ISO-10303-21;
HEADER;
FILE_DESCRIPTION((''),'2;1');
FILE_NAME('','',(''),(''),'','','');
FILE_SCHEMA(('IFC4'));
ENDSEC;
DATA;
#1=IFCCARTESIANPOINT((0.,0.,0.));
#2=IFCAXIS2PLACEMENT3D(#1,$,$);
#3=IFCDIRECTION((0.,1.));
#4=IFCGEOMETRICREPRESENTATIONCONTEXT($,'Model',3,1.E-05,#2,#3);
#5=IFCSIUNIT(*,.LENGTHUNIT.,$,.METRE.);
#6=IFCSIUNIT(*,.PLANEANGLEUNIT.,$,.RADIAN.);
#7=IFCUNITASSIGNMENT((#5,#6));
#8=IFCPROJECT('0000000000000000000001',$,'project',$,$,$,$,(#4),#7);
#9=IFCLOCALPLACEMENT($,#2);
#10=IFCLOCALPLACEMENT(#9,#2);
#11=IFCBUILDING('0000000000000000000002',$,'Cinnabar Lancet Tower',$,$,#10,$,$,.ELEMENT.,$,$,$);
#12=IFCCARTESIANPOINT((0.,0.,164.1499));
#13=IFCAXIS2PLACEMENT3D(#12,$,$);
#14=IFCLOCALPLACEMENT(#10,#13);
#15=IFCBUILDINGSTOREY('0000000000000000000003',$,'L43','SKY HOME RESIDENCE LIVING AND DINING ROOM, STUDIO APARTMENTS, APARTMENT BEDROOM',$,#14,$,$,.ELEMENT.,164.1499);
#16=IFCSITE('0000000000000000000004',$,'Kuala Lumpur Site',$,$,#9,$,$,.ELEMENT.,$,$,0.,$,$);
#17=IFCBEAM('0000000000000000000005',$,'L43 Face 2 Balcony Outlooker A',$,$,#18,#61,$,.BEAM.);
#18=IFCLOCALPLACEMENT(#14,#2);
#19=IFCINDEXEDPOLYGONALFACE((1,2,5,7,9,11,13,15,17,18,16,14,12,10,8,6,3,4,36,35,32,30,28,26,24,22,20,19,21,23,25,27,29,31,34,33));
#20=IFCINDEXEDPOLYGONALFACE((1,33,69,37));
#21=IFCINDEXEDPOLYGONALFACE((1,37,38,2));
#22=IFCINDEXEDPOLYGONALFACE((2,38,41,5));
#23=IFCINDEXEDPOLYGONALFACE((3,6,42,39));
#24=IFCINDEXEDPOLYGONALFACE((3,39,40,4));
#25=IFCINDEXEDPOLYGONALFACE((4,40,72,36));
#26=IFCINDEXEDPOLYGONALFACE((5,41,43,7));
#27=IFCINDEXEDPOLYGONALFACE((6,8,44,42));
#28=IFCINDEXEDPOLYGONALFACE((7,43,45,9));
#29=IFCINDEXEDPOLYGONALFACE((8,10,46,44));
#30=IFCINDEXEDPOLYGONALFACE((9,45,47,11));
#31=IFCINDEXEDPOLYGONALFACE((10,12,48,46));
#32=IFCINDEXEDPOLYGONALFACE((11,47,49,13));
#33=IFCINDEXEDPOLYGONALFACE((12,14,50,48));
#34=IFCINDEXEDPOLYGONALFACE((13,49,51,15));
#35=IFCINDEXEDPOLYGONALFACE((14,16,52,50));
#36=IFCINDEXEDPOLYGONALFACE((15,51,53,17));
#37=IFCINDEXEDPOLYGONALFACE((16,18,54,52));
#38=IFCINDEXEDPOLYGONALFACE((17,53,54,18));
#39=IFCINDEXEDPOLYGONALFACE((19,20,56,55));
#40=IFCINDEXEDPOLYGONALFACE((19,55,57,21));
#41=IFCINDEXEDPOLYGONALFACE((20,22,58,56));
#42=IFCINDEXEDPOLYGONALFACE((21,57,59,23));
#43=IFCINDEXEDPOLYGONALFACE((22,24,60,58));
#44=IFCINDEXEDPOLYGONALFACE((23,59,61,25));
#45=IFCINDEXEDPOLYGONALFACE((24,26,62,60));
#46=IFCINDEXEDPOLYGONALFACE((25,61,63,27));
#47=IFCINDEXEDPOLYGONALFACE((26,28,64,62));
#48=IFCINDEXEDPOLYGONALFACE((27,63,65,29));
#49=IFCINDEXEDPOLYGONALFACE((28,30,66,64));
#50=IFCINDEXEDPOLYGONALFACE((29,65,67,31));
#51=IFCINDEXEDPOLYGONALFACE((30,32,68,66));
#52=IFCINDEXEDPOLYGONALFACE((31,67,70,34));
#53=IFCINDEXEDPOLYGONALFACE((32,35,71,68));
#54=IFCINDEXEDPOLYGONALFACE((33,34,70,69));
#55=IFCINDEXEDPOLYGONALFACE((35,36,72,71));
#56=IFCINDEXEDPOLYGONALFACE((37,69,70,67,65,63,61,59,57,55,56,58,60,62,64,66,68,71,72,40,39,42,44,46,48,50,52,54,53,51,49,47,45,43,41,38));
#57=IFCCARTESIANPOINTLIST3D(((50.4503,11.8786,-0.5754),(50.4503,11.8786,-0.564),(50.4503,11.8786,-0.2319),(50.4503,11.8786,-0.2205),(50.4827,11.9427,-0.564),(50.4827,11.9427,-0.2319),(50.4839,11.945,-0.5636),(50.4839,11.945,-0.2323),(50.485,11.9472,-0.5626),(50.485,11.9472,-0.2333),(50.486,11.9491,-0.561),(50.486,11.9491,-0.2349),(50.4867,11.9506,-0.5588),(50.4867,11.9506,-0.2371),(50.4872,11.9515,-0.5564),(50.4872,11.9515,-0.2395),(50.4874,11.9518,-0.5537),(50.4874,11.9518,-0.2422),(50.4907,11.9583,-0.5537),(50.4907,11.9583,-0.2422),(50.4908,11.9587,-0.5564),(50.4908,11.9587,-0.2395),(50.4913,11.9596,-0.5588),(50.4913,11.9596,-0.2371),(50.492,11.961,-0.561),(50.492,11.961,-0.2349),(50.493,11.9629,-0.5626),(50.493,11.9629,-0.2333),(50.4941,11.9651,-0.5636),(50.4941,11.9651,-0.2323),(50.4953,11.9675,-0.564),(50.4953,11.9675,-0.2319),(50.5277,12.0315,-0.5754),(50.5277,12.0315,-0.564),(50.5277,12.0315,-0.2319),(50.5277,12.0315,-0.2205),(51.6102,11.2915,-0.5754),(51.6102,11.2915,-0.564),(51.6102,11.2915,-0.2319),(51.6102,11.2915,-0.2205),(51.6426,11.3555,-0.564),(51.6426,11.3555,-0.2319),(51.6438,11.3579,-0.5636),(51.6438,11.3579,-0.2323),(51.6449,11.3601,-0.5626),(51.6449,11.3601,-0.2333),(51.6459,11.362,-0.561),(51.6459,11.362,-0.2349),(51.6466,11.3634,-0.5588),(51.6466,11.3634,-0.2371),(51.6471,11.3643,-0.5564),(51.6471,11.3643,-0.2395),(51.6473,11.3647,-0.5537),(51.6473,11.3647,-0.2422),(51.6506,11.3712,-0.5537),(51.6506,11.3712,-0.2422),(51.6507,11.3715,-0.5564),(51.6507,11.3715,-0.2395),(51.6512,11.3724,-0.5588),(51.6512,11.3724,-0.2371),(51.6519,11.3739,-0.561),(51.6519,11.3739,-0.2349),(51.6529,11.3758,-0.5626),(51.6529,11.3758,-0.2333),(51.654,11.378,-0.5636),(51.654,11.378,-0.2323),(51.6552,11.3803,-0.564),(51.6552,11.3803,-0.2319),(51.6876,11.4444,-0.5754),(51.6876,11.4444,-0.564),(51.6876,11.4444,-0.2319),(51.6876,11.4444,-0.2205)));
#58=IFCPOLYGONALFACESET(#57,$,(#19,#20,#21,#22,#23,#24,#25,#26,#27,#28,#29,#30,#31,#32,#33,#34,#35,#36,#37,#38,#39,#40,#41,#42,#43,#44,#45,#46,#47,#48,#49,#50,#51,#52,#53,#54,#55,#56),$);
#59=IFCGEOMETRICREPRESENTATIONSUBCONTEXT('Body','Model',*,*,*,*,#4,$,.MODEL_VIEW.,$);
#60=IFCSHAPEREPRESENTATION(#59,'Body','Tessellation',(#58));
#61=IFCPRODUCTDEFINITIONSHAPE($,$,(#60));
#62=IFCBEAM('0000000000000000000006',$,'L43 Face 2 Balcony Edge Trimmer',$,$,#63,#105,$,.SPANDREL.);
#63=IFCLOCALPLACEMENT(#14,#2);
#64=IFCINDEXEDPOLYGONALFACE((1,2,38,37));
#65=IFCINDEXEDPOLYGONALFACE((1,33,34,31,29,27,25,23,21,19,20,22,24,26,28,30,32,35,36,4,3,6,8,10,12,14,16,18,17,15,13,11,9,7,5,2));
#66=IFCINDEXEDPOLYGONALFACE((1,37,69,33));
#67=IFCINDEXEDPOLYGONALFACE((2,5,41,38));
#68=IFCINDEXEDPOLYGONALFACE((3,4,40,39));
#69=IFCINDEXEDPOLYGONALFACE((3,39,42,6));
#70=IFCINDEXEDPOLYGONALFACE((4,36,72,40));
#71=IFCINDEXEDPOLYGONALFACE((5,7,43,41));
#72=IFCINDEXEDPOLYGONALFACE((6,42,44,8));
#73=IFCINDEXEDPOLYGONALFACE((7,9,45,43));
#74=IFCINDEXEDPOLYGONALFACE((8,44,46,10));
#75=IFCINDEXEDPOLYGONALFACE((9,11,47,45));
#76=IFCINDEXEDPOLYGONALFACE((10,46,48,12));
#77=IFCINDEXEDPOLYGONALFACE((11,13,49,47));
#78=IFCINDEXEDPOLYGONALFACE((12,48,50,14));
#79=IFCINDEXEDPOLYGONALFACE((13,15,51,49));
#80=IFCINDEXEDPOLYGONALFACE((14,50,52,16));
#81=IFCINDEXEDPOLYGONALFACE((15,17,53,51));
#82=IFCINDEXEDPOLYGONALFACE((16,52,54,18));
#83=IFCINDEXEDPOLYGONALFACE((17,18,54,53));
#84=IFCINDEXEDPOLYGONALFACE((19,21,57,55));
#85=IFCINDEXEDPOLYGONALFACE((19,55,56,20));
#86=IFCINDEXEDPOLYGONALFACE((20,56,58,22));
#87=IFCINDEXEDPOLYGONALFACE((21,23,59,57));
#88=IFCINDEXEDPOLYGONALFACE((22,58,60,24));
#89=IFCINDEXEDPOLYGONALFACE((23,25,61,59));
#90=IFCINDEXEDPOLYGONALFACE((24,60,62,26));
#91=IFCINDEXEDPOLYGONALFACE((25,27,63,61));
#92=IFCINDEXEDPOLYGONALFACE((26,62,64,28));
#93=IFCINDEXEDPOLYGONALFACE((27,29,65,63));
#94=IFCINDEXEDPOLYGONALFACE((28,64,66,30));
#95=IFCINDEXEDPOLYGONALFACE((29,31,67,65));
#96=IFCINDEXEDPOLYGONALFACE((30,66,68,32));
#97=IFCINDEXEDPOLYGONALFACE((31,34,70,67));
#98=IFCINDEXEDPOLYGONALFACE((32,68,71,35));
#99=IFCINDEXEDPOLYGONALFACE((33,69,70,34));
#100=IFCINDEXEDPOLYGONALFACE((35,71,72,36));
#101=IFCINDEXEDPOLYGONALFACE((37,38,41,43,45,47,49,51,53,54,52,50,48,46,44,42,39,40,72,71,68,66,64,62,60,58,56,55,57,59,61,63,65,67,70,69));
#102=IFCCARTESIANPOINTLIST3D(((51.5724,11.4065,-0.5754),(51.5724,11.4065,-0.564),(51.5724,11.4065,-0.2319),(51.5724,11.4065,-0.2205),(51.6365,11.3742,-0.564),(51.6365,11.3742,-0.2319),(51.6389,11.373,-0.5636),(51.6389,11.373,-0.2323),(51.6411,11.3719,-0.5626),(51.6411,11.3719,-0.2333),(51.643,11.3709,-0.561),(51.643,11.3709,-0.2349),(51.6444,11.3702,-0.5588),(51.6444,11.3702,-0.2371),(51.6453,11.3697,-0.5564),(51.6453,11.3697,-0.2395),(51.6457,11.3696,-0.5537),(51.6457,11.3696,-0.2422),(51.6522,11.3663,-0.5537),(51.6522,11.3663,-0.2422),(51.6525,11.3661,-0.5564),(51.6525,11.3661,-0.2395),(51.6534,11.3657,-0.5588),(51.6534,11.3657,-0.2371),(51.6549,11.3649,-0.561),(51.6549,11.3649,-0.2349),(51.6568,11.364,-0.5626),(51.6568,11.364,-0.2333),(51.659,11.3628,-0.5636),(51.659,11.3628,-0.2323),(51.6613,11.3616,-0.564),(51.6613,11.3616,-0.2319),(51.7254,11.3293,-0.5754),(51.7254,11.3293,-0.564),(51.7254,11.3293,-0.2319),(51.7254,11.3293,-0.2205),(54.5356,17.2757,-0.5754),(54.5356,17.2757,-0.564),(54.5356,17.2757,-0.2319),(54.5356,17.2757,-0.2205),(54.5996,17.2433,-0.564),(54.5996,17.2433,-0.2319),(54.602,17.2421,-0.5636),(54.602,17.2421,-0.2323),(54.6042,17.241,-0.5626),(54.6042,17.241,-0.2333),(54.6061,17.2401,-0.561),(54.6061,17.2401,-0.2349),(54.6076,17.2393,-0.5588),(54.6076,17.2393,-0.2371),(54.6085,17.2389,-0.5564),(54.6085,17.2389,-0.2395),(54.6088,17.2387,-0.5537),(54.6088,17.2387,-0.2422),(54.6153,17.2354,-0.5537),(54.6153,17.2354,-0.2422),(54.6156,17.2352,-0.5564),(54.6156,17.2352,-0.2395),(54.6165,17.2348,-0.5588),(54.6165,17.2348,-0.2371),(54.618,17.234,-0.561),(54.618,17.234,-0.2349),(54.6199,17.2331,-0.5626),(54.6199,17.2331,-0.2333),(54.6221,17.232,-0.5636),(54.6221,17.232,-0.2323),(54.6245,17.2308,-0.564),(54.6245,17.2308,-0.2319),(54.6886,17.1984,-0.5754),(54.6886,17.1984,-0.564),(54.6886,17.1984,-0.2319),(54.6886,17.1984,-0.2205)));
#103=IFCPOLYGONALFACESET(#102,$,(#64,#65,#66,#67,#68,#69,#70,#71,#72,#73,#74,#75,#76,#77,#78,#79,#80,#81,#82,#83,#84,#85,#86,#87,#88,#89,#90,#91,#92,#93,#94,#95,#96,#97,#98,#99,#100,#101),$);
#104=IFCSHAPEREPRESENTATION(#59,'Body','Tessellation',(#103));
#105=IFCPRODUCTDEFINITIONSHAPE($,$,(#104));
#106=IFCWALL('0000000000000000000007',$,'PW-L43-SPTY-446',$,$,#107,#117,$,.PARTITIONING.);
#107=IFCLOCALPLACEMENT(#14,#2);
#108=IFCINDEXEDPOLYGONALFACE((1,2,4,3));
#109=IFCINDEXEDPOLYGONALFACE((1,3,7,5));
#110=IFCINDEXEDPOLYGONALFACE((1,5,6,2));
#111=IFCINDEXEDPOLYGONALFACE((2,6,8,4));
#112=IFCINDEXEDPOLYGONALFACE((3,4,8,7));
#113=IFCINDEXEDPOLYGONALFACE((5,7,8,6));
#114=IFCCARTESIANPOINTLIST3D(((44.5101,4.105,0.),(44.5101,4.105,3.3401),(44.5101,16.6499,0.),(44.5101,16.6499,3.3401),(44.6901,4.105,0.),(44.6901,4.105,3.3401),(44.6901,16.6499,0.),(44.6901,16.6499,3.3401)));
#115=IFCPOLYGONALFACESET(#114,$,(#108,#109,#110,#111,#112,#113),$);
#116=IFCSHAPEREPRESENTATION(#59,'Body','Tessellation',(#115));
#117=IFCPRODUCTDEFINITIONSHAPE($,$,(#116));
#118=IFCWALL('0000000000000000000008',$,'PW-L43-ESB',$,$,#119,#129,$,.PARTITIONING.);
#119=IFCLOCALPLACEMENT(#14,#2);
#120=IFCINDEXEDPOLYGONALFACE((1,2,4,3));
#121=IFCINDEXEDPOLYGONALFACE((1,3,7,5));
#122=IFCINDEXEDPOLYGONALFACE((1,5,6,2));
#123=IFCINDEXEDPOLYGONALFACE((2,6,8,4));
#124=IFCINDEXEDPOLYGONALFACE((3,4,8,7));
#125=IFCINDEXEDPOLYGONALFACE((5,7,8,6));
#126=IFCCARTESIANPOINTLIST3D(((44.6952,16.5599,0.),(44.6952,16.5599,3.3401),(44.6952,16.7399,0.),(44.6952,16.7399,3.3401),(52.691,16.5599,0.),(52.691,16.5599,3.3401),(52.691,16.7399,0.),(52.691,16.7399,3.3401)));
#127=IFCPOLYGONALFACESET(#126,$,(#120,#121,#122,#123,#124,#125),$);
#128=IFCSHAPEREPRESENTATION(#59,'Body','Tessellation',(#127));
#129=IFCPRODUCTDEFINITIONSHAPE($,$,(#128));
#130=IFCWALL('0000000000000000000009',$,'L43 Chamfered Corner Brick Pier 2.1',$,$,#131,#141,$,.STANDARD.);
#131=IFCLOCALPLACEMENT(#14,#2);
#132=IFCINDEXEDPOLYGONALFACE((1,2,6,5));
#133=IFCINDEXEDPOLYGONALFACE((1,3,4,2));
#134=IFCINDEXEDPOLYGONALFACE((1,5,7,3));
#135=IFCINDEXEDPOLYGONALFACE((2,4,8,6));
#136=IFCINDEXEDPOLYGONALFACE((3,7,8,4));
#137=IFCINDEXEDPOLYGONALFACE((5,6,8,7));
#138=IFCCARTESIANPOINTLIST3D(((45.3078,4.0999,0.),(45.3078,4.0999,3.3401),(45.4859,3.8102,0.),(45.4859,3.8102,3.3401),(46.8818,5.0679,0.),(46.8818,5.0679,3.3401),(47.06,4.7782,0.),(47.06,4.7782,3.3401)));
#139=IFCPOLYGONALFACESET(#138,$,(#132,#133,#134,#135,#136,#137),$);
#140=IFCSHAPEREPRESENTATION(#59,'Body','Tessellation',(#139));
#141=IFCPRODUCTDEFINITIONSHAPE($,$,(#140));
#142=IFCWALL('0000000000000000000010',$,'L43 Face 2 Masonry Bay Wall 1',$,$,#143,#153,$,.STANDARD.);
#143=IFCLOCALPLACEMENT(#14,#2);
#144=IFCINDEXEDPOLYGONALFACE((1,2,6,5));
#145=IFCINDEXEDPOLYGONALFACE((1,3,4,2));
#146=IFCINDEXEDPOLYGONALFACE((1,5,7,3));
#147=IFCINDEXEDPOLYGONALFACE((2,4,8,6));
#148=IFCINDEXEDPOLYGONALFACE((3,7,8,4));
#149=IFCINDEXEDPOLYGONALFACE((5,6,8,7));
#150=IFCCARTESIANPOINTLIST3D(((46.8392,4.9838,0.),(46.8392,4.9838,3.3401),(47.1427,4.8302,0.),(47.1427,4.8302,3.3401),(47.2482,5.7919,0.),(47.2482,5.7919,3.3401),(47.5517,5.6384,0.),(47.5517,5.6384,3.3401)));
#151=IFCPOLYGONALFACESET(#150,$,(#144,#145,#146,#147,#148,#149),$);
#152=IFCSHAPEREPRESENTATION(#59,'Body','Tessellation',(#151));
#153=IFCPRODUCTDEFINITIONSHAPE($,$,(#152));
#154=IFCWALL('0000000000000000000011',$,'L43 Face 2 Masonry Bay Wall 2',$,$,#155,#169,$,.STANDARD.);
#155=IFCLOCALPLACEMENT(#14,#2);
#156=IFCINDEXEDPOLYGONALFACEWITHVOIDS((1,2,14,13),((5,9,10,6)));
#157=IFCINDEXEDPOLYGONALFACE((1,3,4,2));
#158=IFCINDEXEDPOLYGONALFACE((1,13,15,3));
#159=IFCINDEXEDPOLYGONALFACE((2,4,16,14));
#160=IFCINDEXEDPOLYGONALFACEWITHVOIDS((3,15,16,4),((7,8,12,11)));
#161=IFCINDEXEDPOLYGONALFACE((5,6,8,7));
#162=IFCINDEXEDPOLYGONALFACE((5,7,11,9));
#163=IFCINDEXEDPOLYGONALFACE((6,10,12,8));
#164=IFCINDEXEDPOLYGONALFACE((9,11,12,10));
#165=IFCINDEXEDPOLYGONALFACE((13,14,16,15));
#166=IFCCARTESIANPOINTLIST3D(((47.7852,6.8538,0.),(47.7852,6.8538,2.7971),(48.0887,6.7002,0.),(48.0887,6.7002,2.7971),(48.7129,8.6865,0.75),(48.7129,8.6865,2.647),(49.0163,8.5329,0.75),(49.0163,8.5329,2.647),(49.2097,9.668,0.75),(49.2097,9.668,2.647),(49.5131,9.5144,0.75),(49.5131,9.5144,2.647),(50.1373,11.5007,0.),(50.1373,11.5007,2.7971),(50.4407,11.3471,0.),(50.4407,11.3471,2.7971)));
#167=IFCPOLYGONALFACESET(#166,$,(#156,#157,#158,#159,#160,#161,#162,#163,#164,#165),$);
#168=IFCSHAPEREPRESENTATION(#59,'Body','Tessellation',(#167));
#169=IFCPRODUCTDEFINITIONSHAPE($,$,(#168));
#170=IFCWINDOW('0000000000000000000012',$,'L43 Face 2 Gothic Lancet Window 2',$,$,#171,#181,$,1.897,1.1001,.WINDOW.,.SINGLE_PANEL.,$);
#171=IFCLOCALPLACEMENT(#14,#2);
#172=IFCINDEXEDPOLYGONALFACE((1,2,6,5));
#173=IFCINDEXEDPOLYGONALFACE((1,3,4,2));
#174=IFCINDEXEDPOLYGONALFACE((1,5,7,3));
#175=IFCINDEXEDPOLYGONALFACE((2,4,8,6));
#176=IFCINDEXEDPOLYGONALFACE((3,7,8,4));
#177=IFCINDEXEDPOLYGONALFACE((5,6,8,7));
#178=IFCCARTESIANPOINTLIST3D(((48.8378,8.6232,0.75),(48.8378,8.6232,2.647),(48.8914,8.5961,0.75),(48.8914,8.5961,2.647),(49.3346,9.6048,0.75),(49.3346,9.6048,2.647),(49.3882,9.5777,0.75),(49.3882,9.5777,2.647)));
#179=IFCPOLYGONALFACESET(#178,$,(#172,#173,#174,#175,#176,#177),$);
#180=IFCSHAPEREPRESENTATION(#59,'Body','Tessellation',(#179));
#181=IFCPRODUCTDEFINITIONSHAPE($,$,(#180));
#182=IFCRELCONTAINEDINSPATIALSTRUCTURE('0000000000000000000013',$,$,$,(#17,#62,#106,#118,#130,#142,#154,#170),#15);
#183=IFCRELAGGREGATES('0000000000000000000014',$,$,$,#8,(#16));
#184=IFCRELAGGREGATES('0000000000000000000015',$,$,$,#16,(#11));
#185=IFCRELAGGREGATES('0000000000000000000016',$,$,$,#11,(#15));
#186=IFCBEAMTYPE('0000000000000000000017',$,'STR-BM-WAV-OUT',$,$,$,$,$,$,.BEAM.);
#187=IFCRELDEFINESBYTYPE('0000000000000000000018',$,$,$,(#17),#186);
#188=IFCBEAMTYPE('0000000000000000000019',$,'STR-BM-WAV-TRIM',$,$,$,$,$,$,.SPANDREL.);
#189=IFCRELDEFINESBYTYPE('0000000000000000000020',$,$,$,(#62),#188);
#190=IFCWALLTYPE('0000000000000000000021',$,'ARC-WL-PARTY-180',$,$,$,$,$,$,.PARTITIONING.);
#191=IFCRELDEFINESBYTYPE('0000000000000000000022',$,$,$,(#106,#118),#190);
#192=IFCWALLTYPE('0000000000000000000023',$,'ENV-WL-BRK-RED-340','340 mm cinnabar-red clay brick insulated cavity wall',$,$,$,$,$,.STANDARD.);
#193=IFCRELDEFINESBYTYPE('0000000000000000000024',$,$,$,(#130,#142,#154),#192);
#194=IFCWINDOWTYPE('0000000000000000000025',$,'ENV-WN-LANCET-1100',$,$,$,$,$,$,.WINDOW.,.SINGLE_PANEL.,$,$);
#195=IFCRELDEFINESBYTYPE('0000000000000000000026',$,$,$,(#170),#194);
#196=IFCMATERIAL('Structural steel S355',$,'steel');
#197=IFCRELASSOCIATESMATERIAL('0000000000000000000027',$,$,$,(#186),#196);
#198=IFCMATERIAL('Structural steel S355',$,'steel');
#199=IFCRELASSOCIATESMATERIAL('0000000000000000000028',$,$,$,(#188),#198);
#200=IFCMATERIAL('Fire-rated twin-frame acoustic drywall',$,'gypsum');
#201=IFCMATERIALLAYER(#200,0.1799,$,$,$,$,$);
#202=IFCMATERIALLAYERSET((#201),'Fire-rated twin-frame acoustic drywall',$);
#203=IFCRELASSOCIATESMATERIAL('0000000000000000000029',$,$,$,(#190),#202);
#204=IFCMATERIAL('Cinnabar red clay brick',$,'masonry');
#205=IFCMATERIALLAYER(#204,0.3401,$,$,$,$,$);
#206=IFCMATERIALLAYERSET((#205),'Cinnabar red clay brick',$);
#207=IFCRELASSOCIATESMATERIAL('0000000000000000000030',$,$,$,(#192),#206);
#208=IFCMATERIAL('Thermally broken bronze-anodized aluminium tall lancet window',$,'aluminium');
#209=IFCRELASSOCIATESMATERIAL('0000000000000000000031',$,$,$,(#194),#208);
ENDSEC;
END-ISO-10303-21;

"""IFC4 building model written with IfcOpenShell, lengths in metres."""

from ifc_helpers import new_model, si_unit, direction, frame, frame_2d, origin, origin_2d, place, context, subcontext, project, spatial, rectangle, i_section, extrude, material, layer, layer_set, material_profile, profile_set, type_object, element, fill, save


model = new_model("IFC4")

# Units and contexts
model_context = context("Model", 3, precision=1e-05, world=origin(), true_north=direction((0.0, 1.0)))
body_context = subcontext(model_context, "Body", "Model", "MODEL_VIEW")
ifc_project = project(units=[si_unit("LENGTHUNIT", "METRE"), si_unit("PLANEANGLEUNIT", "RADIAN")], contexts=[model_context])

# Site, building, storey
site_placement = place(None, origin())
site = spatial("IfcSite", under=ifc_project, at=site_placement, Name="Kuala Lumpur Site", CompositionType="ELEMENT", RefElevation=0.0)
building_placement = place(site_placement, origin())
building = spatial("IfcBuilding", under=site, at=building_placement, Name="Cinnabar Lancet Tower", CompositionType="ELEMENT")
storey_placement = place(building_placement, frame((0.0, 0.0, 164.1499)))
storey = spatial("IfcBuildingStorey", under=building, at=storey_placement, Name="L43", Description="SKY HOME RESIDENCE LIVING AND DINING ROOM, STUDIO APARTMENTS, APARTMENT BEDROOM", CompositionType="ELEMENT", Elevation=164.1499)

# Beams
ifc_material_1 = material(Name="Structural steel S355", Category="steel")
ifc_material_profile_1 = material_profile(ifc_material_1, i_section(OverallWidth=0.1714, OverallDepth=0.355, WebThickness=0.0073, FlangeThickness=0.0115, FilletRadius=0.0103, at=origin_2d()), Name="UKB 356x171x51")
ifc_profile_set_1 = profile_set([ifc_material_profile_1], Name="Structural steel S355")
beam_type_1 = type_object("IfcBeamType", Name="STR-BM-WAV-OUT", PredefinedType="BEAM", material=ifc_profile_set_1)
beam_1_placement = place(storey_placement, frame((50.489, 11.9551, -0.3979), z_axis=(0.8922, -0.45164, 0.0), x_axis=(0.45164, 0.8922, 0.0)))
element("IfcBeam", 1, at=beam_1_placement, inside=storey, type_object=beam_type_1, Name="L43 Face 2 Balcony Outlooker A", PredefinedType="BEAM", context=body_context, shape_type="SweptSolid", body=[
    extrude(i_section(OverallWidth=0.1714, OverallDepth=0.355, WebThickness=0.0073, FlangeThickness=0.0115, FilletRadius=0.0103, at=origin_2d()), origin(), (0.0, 0.0, 1.0), 1.3),
])
ifc_material_2 = material(Name="Structural steel S355", Category="steel")
ifc_material_profile_2 = material_profile(ifc_material_2, i_section(OverallWidth=0.1714, OverallDepth=0.355, WebThickness=0.0073, FlangeThickness=0.0115, FilletRadius=0.0103, at=origin_2d()), Name="UKB 356x171x51")
ifc_profile_set_2 = profile_set([ifc_material_profile_2], Name="Structural steel S355")
beam_type_2 = type_object("IfcBeamType", Name="STR-BM-WAV-TRIM", PredefinedType="SPANDREL", material=ifc_profile_set_2)
beam_2_placement = place(storey_placement, frame((51.6489, 11.3679, -0.3979), z_axis=(0.450686, 0.892683, 0.0), x_axis=(-0.892683, 0.450686, 0.0)))
element("IfcBeam", 2, at=beam_2_placement, inside=storey, type_object=beam_type_2, Name="L43 Face 2 Balcony Edge Trimmer", PredefinedType="SPANDREL", context=body_context, shape_type="SweptSolid", body=[
    extrude(i_section(OverallWidth=0.1714, OverallDepth=0.355, WebThickness=0.0073, FlangeThickness=0.0115, FilletRadius=0.0103, at=origin_2d()), origin(), (0.0, 0.0, 1.0), 6.5747),
])

# Walls
ifc_material_3 = material(Name="Fire-rated twin-frame acoustic drywall", Category="gypsum")
ifc_layer_1 = layer(ifc_material_3, 0.1799)
ifc_layer_set_1 = layer_set([ifc_layer_1], Name="Fire-rated twin-frame acoustic drywall")
wall_type_1 = type_object("IfcWallType", Name="ARC-WL-PARTY-180", PredefinedType="PARTITIONING", material=ifc_layer_set_1)
wall_1_placement = place(storey_placement, frame((44.6001, 4.105, 0.0), z_axis=(0.0, 0.0, 1.0), x_axis=(0.0, 1.0, 0.0)))
element("IfcWall", 3, at=wall_1_placement, inside=storey, type_object=wall_type_1, Name="PW-L43-SPTY-446", PredefinedType="PARTITIONING", context=body_context, shape_type="SweptSolid", body=[
    extrude(rectangle(XDim=12.5449, YDim=0.1799, at=frame_2d((6.2725, 0.0))), origin(), (0.0, 0.0, 1.0), 3.3401),
])
wall_2_placement = place(storey_placement, frame((44.6951, 16.6499, 0.0), z_axis=(0.0, 0.0, 1.0), x_axis=(1.0, 0.0, 0.0)))
element("IfcWall", 4, at=wall_2_placement, inside=storey, type_object=wall_type_1, Name="PW-L43-ESB", PredefinedType="PARTITIONING", context=body_context, shape_type="SweptSolid", body=[
    extrude(rectangle(XDim=7.9958, YDim=0.1799, at=frame_2d((3.998, 0.0))), origin(), (0.0, 0.0, 1.0), 3.3401),
])
ifc_material_4 = material(Name="Cinnabar red clay brick", Category="masonry")
ifc_layer_2 = layer(ifc_material_4, 0.3401)
ifc_layer_set_2 = layer_set([ifc_layer_2], Name="Cinnabar red clay brick")
wall_type_2 = type_object("IfcWallType", Name="ENV-WL-BRK-RED-340", Description="340 mm cinnabar-red clay brick insulated cavity wall", PredefinedType="STANDARD", material=ifc_layer_set_2)
wall_3_placement = place(storey_placement, frame((45.397, 3.9551, 0.0), z_axis=(0.0, 0.0, 1.0), x_axis=(0.851799, 0.523869, 0.0)))
element("IfcWall", 5, at=wall_3_placement, inside=storey, type_object=wall_type_2, Name="L43 Chamfered Corner Brick Pier 2.1", PredefinedType="STANDARD", context=body_context, shape_type="SweptSolid", body=[
    extrude(rectangle(XDim=1.8479, YDim=0.3401, at=frame_2d((0.9238, 0.0))), origin(), (0.0, 0.0, 1.0), 3.3401),
])
wall_4_placement = place(storey_placement, frame((46.991, 4.907, 0.0), z_axis=(0.0, 0.0, 1.0), x_axis=(0.451521, 0.89226, 0.0)))
element("IfcWall", 6, at=wall_4_placement, inside=storey, type_object=wall_type_2, Name="L43 Face 2 Masonry Bay Wall 1", PredefinedType="STANDARD", context=body_context, shape_type="SweptSolid", body=[
    extrude(rectangle(XDim=0.9058, YDim=0.3401, at=frame_2d((0.4529, 0.0))), origin(), (0.0, 0.0, 1.0), 3.3401),
])

# Wall, opening, window
wall_5_placement = place(storey_placement, frame((47.937, 6.7771, 0.0), z_axis=(0.0, 0.0, 1.0), x_axis=(0.451596, 0.892223, 0.0)))
wall_5 = element("IfcWall", 7, at=wall_5_placement, inside=storey, type_object=wall_type_2, Name="L43 Face 2 Masonry Bay Wall 2", PredefinedType="STANDARD", context=body_context, shape_type="SweptSolid", body=[
    extrude(rectangle(XDim=5.2083, YDim=0.3401, at=frame_2d((2.604, 0.0))), origin(), (0.0, 0.0, 1.0), 2.7971),
])
opening_1_placement = place(wall_5_placement, frame((2.054, 0.0, 0.75)))
opening_1 = element("IfcOpeningElement", 8, at=opening_1_placement, cuts=wall_5, PredefinedType="OPENING", context=body_context, shape_type="SweptSolid", body=[
    extrude(rectangle(XDim=1.1001, YDim=1.897, at=frame_2d((0.55, 0.9485))), frame((0.0, 0.1799, 0.0), z_axis=(0.0, -1.0, 0.0), x_axis=(1.0, 0.0, 0.0)), (0.0, 0.0, 1.0), 0.3601),
])
ifc_material_5 = material(Name="Thermally broken bronze-anodized aluminium tall lancet window", Category="aluminium")
window_type = type_object("IfcWindowType", Name="ENV-WN-LANCET-1100", PartitioningType="SINGLE_PANEL", PredefinedType="WINDOW", material=ifc_material_5)
window_placement = place(opening_1_placement, origin())
window = element("IfcWindow", 9, at=window_placement, inside=storey, type_object=window_type, Name="L43 Face 2 Gothic Lancet Window 2", OverallHeight=1.897, OverallWidth=1.1001, PartitioningType="SINGLE_PANEL", PredefinedType="WINDOW", context=body_context, shape_type="SweptSolid", body=[
    extrude(rectangle(XDim=1.1001, YDim=1.897, at=frame_2d((0.55, 0.9485))), frame((0.0, 0.03, 0.0), z_axis=(0.0, -1.0, 0.0), x_axis=(1.0, 0.0, 0.0)), (0.0, 0.0, 1.0), 0.0601),
])
fill(opening_1, window)

save(model, "model.ifc")
